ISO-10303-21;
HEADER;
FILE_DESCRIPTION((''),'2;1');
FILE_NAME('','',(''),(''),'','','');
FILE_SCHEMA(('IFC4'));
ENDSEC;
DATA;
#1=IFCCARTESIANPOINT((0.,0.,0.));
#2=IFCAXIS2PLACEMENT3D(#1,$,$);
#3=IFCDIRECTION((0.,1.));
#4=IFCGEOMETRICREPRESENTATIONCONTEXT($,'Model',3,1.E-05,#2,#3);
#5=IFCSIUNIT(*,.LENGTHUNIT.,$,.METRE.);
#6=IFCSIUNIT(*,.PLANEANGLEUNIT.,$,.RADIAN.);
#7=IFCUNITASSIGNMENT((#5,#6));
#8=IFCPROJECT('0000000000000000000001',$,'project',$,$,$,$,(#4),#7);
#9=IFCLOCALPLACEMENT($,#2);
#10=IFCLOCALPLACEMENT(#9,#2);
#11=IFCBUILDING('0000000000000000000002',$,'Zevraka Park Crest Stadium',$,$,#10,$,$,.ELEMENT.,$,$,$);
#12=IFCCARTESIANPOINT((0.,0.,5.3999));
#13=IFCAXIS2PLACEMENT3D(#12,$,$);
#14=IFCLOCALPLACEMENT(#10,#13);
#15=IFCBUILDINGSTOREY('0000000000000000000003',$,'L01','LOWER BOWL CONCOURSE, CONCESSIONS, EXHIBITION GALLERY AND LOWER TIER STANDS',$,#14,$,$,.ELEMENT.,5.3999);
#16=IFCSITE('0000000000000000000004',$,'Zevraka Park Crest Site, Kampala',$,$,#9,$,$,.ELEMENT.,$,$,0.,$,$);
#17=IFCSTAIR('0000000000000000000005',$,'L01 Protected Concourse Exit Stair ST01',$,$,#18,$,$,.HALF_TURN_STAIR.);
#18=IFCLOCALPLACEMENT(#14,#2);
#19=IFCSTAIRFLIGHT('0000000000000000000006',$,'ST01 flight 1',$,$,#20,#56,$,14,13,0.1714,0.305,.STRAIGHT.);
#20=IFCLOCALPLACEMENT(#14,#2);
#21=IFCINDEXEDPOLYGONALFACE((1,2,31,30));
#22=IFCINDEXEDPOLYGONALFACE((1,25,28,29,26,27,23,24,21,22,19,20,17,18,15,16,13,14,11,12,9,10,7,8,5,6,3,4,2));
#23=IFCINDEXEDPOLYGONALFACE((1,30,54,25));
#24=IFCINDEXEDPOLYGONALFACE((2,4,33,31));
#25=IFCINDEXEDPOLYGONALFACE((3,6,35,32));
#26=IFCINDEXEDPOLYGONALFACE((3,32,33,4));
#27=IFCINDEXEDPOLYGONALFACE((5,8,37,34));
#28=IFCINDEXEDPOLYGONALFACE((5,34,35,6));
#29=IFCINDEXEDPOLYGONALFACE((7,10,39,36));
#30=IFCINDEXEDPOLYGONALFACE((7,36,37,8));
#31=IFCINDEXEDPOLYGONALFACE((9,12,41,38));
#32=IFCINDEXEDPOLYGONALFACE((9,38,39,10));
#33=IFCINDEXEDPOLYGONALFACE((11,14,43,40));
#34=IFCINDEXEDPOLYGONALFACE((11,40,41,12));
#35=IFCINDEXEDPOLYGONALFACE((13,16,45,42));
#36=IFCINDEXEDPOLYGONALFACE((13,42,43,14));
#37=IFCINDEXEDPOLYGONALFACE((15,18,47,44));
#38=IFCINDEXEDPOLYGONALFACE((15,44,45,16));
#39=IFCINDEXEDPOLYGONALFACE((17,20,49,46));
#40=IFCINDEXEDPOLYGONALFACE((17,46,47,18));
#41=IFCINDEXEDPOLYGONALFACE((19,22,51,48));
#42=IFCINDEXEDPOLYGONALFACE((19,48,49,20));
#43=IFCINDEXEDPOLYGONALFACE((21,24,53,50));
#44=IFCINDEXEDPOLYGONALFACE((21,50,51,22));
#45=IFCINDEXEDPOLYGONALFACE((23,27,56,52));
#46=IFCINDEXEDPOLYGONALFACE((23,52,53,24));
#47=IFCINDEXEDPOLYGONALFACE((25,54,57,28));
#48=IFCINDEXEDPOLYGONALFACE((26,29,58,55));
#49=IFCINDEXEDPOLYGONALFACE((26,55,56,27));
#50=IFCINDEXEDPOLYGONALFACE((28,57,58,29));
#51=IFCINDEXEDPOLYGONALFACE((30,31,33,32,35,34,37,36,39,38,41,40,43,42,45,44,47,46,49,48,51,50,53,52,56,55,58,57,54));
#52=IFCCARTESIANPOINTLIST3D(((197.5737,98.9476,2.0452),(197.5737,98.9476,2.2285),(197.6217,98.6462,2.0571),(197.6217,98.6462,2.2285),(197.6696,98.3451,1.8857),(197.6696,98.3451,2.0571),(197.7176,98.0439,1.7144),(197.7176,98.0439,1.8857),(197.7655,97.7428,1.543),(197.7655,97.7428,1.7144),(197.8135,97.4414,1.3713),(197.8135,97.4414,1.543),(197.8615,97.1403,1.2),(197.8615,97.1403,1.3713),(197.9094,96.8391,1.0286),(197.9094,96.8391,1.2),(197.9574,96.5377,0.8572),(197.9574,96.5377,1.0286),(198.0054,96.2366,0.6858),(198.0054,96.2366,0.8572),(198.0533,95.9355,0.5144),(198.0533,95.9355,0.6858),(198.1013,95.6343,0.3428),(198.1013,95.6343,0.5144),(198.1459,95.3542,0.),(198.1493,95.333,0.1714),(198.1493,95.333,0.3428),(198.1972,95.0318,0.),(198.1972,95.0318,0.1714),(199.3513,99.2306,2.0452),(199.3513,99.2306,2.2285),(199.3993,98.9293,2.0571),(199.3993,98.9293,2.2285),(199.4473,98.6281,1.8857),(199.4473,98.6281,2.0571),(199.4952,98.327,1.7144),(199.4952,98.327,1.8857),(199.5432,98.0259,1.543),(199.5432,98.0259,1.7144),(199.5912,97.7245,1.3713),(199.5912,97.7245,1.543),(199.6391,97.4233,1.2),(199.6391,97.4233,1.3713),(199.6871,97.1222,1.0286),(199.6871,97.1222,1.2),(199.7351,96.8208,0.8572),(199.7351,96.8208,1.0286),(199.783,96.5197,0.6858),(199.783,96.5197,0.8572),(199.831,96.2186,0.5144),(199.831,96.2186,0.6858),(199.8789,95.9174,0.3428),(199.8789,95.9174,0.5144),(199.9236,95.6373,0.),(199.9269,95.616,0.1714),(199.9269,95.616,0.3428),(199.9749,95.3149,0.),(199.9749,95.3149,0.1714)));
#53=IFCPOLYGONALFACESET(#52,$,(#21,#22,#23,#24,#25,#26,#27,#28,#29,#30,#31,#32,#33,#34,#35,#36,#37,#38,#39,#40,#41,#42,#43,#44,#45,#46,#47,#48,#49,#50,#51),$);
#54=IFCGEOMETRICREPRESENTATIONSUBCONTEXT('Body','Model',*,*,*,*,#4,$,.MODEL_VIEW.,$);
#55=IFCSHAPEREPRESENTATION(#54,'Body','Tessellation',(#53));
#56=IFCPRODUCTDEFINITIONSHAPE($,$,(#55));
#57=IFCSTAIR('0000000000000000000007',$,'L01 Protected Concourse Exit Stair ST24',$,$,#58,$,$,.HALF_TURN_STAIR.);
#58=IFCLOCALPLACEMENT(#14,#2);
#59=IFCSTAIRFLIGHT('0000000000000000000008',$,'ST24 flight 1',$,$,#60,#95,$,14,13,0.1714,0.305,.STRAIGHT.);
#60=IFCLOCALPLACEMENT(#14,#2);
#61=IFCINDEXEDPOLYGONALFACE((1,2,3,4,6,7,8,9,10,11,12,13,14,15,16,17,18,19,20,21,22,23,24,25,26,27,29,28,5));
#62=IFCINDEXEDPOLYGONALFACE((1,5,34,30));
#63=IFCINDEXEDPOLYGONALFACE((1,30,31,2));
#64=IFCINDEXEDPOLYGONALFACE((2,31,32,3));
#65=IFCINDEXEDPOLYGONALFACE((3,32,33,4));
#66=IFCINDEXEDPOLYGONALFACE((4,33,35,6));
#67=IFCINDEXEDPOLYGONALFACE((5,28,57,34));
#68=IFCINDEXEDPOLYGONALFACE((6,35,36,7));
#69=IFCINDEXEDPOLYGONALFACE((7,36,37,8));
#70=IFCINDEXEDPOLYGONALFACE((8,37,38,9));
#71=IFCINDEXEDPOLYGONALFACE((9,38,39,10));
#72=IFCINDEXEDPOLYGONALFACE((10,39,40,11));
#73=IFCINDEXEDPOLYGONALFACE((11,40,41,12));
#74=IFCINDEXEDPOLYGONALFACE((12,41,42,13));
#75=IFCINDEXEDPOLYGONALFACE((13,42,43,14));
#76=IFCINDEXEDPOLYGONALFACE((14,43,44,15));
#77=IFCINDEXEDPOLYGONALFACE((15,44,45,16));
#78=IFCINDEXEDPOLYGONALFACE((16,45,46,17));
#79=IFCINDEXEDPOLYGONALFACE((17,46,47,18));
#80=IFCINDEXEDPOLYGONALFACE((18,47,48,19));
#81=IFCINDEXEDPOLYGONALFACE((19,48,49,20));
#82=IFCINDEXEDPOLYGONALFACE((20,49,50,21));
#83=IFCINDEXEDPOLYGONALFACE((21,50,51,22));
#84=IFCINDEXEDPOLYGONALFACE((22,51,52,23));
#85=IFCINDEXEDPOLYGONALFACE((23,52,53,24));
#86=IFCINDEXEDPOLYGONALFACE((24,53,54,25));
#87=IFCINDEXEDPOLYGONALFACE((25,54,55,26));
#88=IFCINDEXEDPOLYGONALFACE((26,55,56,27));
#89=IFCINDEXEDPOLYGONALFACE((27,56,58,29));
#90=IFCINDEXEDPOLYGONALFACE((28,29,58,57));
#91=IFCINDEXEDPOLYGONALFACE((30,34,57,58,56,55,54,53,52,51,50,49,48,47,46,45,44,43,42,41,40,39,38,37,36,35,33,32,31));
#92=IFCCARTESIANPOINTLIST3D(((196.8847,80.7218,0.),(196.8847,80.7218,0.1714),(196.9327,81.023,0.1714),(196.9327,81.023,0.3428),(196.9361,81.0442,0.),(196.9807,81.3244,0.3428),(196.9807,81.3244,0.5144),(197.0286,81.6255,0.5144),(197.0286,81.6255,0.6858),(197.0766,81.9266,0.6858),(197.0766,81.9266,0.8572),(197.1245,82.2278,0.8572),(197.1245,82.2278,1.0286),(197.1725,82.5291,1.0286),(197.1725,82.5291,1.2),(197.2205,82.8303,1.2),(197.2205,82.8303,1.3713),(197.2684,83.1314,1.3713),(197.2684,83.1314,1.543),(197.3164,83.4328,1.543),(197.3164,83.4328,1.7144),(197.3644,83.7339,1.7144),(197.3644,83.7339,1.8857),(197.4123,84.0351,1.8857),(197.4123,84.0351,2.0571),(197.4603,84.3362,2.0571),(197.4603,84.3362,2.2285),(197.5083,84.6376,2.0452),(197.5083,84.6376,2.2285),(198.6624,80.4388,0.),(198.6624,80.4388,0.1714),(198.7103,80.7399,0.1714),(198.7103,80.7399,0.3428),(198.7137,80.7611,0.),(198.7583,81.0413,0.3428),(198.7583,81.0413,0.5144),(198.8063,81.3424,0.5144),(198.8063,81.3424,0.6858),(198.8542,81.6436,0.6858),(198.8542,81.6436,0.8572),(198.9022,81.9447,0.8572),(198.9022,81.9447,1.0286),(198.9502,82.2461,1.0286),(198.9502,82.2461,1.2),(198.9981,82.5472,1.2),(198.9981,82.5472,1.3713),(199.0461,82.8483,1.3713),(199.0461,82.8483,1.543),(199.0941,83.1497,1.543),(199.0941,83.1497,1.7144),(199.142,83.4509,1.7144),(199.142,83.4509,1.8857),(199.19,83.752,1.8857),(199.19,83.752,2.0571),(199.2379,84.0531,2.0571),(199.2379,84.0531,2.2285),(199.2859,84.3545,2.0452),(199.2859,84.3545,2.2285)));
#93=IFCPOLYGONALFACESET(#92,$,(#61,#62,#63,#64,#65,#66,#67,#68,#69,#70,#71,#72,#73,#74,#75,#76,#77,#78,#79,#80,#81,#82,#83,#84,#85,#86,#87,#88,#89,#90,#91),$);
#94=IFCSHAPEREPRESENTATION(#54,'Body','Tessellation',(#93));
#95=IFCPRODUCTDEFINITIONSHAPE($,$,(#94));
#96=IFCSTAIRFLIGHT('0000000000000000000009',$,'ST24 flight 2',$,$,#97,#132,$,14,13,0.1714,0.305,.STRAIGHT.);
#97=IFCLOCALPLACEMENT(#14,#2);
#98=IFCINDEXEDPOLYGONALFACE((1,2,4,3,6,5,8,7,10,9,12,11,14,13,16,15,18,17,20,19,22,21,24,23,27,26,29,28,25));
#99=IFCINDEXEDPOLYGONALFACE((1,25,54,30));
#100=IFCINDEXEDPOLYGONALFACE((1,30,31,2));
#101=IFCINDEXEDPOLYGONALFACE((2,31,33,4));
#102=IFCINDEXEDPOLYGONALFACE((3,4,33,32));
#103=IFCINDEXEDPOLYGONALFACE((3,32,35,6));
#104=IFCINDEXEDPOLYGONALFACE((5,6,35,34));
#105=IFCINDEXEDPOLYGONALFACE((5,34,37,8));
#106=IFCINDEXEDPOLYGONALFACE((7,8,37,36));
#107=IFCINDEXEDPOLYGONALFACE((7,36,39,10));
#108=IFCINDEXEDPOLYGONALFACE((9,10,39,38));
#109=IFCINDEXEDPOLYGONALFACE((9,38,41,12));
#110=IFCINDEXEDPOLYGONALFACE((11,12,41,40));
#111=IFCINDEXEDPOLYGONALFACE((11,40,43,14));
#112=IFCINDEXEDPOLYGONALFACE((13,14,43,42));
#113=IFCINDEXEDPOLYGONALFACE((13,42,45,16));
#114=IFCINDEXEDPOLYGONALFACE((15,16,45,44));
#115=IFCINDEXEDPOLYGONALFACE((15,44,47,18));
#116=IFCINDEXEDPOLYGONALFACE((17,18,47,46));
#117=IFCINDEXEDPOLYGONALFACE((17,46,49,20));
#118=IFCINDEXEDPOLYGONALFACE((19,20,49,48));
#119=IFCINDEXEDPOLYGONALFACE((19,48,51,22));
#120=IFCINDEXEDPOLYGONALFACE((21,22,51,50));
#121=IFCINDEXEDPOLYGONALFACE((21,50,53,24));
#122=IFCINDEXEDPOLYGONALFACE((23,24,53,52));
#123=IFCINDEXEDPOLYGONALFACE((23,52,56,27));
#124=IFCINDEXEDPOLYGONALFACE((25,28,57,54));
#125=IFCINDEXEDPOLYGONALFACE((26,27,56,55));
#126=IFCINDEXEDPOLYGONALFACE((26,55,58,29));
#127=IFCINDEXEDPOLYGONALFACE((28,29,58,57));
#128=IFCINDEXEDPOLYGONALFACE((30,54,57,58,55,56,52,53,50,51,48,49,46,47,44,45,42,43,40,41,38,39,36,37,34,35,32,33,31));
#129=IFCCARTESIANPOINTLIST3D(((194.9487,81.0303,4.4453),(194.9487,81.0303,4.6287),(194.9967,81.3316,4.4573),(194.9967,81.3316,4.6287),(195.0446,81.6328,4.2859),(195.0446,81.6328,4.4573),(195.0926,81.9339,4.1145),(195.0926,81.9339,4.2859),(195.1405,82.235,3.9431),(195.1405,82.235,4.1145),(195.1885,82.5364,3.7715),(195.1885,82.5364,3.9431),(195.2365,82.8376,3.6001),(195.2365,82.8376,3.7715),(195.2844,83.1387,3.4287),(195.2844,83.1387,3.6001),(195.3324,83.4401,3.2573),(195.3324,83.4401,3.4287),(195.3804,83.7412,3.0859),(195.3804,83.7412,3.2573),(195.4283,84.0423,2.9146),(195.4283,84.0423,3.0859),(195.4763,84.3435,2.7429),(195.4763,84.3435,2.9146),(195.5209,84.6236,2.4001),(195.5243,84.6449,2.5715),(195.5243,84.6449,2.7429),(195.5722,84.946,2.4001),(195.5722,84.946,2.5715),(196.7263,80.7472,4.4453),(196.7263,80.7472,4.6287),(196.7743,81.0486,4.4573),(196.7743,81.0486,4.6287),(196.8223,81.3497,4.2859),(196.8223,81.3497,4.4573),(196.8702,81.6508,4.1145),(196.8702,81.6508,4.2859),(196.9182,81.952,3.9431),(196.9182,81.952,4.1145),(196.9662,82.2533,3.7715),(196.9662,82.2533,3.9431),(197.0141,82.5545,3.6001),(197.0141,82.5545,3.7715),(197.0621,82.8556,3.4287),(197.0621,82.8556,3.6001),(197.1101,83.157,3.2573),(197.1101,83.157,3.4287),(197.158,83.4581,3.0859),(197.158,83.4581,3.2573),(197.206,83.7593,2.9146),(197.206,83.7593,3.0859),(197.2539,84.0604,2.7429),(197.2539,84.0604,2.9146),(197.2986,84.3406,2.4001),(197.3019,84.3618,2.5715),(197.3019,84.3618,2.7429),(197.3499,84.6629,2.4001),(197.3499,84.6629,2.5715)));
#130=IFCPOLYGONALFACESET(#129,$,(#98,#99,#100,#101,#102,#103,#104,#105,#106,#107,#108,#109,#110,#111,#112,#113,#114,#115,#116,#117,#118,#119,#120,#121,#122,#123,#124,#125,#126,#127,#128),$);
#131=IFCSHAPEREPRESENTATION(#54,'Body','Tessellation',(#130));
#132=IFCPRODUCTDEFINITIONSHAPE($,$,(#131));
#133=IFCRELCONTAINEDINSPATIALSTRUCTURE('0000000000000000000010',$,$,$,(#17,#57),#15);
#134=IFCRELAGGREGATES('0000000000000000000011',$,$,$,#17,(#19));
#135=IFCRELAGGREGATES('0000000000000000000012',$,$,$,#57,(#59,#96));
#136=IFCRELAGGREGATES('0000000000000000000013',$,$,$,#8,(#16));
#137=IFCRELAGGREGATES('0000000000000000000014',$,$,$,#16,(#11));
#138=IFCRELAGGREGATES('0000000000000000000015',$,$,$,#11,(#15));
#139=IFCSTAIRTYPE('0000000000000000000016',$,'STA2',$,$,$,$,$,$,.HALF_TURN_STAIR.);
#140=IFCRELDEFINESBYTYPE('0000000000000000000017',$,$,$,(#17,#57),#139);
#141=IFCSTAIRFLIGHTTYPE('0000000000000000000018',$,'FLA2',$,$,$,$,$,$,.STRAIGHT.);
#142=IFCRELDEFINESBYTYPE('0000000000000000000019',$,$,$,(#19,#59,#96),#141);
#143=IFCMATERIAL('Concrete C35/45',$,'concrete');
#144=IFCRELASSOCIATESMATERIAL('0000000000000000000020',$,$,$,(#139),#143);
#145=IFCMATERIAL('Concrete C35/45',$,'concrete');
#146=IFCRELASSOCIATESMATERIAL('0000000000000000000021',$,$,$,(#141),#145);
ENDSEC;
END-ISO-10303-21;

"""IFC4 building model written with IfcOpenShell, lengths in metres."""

from ifc_helpers import new_model, si_unit, direction, frame, origin, place, context, subcontext, project, spatial, polyline, outline, extrude, material, type_object, element, aggregate, save


model = new_model("IFC4")

# Units and contexts
model_context = context("Model", 3, precision=1e-05, world=origin(), true_north=direction((0.0, 1.0)))
body_context = subcontext(model_context, "Body", "Model", "MODEL_VIEW")
ifc_project = project(units=[si_unit("LENGTHUNIT", "METRE"), si_unit("PLANEANGLEUNIT", "RADIAN")], contexts=[model_context])

# Site, building, storey
site_placement = place(None, origin())
site = spatial("IfcSite", under=ifc_project, at=site_placement, Name="Zevraka Park Crest Site, Kampala", CompositionType="ELEMENT", RefElevation=0.0)
building_placement = place(site_placement, origin())
building = spatial("IfcBuilding", under=site, at=building_placement, Name="Zevraka Park Crest Stadium", CompositionType="ELEMENT")
storey_placement = place(building_placement, frame((0.0, 0.0, 5.3999)))
storey = spatial("IfcBuildingStorey", under=building, at=storey_placement, Name="L01", Description="LOWER BOWL CONCOURSE, CONCESSIONS, EXHIBITION GALLERY AND LOWER TIER STANDS", CompositionType="ELEMENT", Elevation=5.3999)

# Stair, stair flight
ifc_material_1 = material(Name="Concrete C35/45", Category="concrete")
stair_type = type_object("IfcStairType", Name="STA2", PredefinedType="HALF_TURN_STAIR", material=ifc_material_1)
stair_1_placement = place(storey_placement, origin())
stair_1 = element("IfcStair", 1, at=stair_1_placement, inside=storey, type_object=stair_type, Name="L01 Protected Concourse Exit Stair ST01", PredefinedType="HALF_TURN_STAIR")
ifc_material_2 = material(Name="Concrete C35/45", Category="concrete")
stair_flight_type = type_object("IfcStairFlightType", Name="FLA2", PredefinedType="STRAIGHT", material=ifc_material_2)
stair_flight_1_placement = place(storey_placement, frame((199.0859, 95.1733, 0.0), z_axis=(0.0, 0.0, 1.0), x_axis=(-0.157262, 0.987557, 0.0)))
stair_flight_1 = element("IfcStairFlight", 2, at=stair_flight_1_placement, type_object=stair_flight_type, Name="ST01 flight 1", NumberOfRisers=14, NumberOfTreads=13, PredefinedType="STRAIGHT", RiserHeight=0.1714, TreadLength=0.305, context=body_context, shape_type="SweptSolid", body=[
    extrude(outline(polyline([(0.0, 0.0), (0.0, 0.1714), (0.3049, 0.1714), (0.3049, 0.3428), (0.6101, 0.3428), (0.6101, 0.5144), (0.915, 0.5144), (0.915, 0.6858), (1.22, 0.6858), (1.22, 0.8572), (1.5249, 0.8572), (1.5249, 1.0286), (1.8301, 1.0286), (1.8301, 1.2), (2.135, 1.2), (2.135, 1.3713), (2.4399, 1.3713), (2.4399, 1.543), (2.7451, 1.543), (2.7451, 1.7144), (3.05, 1.7144), (3.05, 1.8857), (3.355, 1.8857), (3.355, 2.0571), (3.6599, 2.0571), (3.6599, 2.2285), (3.9651, 2.2285), (3.9651, 2.3999), (3.9651, 2.0452), (0.3264, 0.0), (0.0, 0.0)])), frame((0.0, 0.8999, 0.0), z_axis=(0.0, -1.0, 0.0), x_axis=(1.0, 0.0, 0.0)), (0.0, 0.0, 1.0), 1.8),
])
aggregate(stair_1, [stair_flight_1])

# Stair, stair flights
stair_2_placement = place(storey_placement, origin())
stair_2 = element("IfcStair", 3, at=stair_2_placement, inside=storey, type_object=stair_type, Name="L01 Protected Concourse Exit Stair ST24", PredefinedType="HALF_TURN_STAIR")
stair_flight_2_placement = place(storey_placement, frame((197.7734, 80.5803, 0.0), z_axis=(0.0, 0.0, 1.0), x_axis=(0.157262, 0.987557, 0.0)))
stair_flight_2 = element("IfcStairFlight", 4, at=stair_flight_2_placement, type_object=stair_flight_type, Name="ST24 flight 1", NumberOfRisers=14, NumberOfTreads=13, PredefinedType="STRAIGHT", RiserHeight=0.1714, TreadLength=0.305, context=body_context, shape_type="SweptSolid", body=[
    extrude(outline(polyline([(0.0, 0.0), (0.0, 0.1714), (0.3049, 0.1714), (0.3049, 0.3428), (0.6101, 0.3428), (0.6101, 0.5144), (0.915, 0.5144), (0.915, 0.6858), (1.22, 0.6858), (1.22, 0.8572), (1.5249, 0.8572), (1.5249, 1.0286), (1.8301, 1.0286), (1.8301, 1.2), (2.135, 1.2), (2.135, 1.3713), (2.4399, 1.3713), (2.4399, 1.543), (2.7451, 1.543), (2.7451, 1.7144), (3.05, 1.7144), (3.05, 1.8857), (3.355, 1.8857), (3.355, 2.0571), (3.6599, 2.0571), (3.6599, 2.2285), (3.9651, 2.2285), (3.9651, 2.3999), (3.9651, 2.0452), (0.3264, 0.0), (0.0, 0.0)])), frame((0.0, 0.8999, 0.0), z_axis=(0.0, -1.0, 0.0), x_axis=(1.0, 0.0, 0.0)), (0.0, 0.0, 1.0), 1.8),
])
stair_flight_3_placement = place(storey_placement, frame((196.4612, 84.8044, 2.4001), z_axis=(0.0, 0.0, 1.0), x_axis=(-0.157262, -0.987557, 0.0)))
stair_flight_3 = element("IfcStairFlight", 5, at=stair_flight_3_placement, type_object=stair_flight_type, Name="ST24 flight 2", NumberOfRisers=14, NumberOfTreads=13, PredefinedType="STRAIGHT", RiserHeight=0.1714, TreadLength=0.305, context=body_context, shape_type="SweptSolid", body=[
    extrude(outline(polyline([(0.0, 0.0), (0.0, 0.1714), (0.3049, 0.1714), (0.3049, 0.3428), (0.6101, 0.3428), (0.6101, 0.5144), (0.915, 0.5144), (0.915, 0.6858), (1.22, 0.6858), (1.22, 0.8572), (1.5249, 0.8572), (1.5249, 1.0286), (1.8301, 1.0286), (1.8301, 1.2), (2.135, 1.2), (2.135, 1.3713), (2.4399, 1.3713), (2.4399, 1.543), (2.7451, 1.543), (2.7451, 1.7144), (3.05, 1.7144), (3.05, 1.8857), (3.355, 1.8857), (3.355, 2.0571), (3.6599, 2.0571), (3.6599, 2.2285), (3.9651, 2.2285), (3.9651, 2.3999), (3.9651, 2.0452), (0.3264, 0.0), (0.0, 0.0)])), frame((0.0, 0.8999, 0.0), z_axis=(0.0, -1.0, 0.0), x_axis=(1.0, 0.0, 0.0)), (0.0, 0.0, 1.0), 1.8),
])
aggregate(stair_2, [stair_flight_2, stair_flight_3])

save(model, "model.ifc")
